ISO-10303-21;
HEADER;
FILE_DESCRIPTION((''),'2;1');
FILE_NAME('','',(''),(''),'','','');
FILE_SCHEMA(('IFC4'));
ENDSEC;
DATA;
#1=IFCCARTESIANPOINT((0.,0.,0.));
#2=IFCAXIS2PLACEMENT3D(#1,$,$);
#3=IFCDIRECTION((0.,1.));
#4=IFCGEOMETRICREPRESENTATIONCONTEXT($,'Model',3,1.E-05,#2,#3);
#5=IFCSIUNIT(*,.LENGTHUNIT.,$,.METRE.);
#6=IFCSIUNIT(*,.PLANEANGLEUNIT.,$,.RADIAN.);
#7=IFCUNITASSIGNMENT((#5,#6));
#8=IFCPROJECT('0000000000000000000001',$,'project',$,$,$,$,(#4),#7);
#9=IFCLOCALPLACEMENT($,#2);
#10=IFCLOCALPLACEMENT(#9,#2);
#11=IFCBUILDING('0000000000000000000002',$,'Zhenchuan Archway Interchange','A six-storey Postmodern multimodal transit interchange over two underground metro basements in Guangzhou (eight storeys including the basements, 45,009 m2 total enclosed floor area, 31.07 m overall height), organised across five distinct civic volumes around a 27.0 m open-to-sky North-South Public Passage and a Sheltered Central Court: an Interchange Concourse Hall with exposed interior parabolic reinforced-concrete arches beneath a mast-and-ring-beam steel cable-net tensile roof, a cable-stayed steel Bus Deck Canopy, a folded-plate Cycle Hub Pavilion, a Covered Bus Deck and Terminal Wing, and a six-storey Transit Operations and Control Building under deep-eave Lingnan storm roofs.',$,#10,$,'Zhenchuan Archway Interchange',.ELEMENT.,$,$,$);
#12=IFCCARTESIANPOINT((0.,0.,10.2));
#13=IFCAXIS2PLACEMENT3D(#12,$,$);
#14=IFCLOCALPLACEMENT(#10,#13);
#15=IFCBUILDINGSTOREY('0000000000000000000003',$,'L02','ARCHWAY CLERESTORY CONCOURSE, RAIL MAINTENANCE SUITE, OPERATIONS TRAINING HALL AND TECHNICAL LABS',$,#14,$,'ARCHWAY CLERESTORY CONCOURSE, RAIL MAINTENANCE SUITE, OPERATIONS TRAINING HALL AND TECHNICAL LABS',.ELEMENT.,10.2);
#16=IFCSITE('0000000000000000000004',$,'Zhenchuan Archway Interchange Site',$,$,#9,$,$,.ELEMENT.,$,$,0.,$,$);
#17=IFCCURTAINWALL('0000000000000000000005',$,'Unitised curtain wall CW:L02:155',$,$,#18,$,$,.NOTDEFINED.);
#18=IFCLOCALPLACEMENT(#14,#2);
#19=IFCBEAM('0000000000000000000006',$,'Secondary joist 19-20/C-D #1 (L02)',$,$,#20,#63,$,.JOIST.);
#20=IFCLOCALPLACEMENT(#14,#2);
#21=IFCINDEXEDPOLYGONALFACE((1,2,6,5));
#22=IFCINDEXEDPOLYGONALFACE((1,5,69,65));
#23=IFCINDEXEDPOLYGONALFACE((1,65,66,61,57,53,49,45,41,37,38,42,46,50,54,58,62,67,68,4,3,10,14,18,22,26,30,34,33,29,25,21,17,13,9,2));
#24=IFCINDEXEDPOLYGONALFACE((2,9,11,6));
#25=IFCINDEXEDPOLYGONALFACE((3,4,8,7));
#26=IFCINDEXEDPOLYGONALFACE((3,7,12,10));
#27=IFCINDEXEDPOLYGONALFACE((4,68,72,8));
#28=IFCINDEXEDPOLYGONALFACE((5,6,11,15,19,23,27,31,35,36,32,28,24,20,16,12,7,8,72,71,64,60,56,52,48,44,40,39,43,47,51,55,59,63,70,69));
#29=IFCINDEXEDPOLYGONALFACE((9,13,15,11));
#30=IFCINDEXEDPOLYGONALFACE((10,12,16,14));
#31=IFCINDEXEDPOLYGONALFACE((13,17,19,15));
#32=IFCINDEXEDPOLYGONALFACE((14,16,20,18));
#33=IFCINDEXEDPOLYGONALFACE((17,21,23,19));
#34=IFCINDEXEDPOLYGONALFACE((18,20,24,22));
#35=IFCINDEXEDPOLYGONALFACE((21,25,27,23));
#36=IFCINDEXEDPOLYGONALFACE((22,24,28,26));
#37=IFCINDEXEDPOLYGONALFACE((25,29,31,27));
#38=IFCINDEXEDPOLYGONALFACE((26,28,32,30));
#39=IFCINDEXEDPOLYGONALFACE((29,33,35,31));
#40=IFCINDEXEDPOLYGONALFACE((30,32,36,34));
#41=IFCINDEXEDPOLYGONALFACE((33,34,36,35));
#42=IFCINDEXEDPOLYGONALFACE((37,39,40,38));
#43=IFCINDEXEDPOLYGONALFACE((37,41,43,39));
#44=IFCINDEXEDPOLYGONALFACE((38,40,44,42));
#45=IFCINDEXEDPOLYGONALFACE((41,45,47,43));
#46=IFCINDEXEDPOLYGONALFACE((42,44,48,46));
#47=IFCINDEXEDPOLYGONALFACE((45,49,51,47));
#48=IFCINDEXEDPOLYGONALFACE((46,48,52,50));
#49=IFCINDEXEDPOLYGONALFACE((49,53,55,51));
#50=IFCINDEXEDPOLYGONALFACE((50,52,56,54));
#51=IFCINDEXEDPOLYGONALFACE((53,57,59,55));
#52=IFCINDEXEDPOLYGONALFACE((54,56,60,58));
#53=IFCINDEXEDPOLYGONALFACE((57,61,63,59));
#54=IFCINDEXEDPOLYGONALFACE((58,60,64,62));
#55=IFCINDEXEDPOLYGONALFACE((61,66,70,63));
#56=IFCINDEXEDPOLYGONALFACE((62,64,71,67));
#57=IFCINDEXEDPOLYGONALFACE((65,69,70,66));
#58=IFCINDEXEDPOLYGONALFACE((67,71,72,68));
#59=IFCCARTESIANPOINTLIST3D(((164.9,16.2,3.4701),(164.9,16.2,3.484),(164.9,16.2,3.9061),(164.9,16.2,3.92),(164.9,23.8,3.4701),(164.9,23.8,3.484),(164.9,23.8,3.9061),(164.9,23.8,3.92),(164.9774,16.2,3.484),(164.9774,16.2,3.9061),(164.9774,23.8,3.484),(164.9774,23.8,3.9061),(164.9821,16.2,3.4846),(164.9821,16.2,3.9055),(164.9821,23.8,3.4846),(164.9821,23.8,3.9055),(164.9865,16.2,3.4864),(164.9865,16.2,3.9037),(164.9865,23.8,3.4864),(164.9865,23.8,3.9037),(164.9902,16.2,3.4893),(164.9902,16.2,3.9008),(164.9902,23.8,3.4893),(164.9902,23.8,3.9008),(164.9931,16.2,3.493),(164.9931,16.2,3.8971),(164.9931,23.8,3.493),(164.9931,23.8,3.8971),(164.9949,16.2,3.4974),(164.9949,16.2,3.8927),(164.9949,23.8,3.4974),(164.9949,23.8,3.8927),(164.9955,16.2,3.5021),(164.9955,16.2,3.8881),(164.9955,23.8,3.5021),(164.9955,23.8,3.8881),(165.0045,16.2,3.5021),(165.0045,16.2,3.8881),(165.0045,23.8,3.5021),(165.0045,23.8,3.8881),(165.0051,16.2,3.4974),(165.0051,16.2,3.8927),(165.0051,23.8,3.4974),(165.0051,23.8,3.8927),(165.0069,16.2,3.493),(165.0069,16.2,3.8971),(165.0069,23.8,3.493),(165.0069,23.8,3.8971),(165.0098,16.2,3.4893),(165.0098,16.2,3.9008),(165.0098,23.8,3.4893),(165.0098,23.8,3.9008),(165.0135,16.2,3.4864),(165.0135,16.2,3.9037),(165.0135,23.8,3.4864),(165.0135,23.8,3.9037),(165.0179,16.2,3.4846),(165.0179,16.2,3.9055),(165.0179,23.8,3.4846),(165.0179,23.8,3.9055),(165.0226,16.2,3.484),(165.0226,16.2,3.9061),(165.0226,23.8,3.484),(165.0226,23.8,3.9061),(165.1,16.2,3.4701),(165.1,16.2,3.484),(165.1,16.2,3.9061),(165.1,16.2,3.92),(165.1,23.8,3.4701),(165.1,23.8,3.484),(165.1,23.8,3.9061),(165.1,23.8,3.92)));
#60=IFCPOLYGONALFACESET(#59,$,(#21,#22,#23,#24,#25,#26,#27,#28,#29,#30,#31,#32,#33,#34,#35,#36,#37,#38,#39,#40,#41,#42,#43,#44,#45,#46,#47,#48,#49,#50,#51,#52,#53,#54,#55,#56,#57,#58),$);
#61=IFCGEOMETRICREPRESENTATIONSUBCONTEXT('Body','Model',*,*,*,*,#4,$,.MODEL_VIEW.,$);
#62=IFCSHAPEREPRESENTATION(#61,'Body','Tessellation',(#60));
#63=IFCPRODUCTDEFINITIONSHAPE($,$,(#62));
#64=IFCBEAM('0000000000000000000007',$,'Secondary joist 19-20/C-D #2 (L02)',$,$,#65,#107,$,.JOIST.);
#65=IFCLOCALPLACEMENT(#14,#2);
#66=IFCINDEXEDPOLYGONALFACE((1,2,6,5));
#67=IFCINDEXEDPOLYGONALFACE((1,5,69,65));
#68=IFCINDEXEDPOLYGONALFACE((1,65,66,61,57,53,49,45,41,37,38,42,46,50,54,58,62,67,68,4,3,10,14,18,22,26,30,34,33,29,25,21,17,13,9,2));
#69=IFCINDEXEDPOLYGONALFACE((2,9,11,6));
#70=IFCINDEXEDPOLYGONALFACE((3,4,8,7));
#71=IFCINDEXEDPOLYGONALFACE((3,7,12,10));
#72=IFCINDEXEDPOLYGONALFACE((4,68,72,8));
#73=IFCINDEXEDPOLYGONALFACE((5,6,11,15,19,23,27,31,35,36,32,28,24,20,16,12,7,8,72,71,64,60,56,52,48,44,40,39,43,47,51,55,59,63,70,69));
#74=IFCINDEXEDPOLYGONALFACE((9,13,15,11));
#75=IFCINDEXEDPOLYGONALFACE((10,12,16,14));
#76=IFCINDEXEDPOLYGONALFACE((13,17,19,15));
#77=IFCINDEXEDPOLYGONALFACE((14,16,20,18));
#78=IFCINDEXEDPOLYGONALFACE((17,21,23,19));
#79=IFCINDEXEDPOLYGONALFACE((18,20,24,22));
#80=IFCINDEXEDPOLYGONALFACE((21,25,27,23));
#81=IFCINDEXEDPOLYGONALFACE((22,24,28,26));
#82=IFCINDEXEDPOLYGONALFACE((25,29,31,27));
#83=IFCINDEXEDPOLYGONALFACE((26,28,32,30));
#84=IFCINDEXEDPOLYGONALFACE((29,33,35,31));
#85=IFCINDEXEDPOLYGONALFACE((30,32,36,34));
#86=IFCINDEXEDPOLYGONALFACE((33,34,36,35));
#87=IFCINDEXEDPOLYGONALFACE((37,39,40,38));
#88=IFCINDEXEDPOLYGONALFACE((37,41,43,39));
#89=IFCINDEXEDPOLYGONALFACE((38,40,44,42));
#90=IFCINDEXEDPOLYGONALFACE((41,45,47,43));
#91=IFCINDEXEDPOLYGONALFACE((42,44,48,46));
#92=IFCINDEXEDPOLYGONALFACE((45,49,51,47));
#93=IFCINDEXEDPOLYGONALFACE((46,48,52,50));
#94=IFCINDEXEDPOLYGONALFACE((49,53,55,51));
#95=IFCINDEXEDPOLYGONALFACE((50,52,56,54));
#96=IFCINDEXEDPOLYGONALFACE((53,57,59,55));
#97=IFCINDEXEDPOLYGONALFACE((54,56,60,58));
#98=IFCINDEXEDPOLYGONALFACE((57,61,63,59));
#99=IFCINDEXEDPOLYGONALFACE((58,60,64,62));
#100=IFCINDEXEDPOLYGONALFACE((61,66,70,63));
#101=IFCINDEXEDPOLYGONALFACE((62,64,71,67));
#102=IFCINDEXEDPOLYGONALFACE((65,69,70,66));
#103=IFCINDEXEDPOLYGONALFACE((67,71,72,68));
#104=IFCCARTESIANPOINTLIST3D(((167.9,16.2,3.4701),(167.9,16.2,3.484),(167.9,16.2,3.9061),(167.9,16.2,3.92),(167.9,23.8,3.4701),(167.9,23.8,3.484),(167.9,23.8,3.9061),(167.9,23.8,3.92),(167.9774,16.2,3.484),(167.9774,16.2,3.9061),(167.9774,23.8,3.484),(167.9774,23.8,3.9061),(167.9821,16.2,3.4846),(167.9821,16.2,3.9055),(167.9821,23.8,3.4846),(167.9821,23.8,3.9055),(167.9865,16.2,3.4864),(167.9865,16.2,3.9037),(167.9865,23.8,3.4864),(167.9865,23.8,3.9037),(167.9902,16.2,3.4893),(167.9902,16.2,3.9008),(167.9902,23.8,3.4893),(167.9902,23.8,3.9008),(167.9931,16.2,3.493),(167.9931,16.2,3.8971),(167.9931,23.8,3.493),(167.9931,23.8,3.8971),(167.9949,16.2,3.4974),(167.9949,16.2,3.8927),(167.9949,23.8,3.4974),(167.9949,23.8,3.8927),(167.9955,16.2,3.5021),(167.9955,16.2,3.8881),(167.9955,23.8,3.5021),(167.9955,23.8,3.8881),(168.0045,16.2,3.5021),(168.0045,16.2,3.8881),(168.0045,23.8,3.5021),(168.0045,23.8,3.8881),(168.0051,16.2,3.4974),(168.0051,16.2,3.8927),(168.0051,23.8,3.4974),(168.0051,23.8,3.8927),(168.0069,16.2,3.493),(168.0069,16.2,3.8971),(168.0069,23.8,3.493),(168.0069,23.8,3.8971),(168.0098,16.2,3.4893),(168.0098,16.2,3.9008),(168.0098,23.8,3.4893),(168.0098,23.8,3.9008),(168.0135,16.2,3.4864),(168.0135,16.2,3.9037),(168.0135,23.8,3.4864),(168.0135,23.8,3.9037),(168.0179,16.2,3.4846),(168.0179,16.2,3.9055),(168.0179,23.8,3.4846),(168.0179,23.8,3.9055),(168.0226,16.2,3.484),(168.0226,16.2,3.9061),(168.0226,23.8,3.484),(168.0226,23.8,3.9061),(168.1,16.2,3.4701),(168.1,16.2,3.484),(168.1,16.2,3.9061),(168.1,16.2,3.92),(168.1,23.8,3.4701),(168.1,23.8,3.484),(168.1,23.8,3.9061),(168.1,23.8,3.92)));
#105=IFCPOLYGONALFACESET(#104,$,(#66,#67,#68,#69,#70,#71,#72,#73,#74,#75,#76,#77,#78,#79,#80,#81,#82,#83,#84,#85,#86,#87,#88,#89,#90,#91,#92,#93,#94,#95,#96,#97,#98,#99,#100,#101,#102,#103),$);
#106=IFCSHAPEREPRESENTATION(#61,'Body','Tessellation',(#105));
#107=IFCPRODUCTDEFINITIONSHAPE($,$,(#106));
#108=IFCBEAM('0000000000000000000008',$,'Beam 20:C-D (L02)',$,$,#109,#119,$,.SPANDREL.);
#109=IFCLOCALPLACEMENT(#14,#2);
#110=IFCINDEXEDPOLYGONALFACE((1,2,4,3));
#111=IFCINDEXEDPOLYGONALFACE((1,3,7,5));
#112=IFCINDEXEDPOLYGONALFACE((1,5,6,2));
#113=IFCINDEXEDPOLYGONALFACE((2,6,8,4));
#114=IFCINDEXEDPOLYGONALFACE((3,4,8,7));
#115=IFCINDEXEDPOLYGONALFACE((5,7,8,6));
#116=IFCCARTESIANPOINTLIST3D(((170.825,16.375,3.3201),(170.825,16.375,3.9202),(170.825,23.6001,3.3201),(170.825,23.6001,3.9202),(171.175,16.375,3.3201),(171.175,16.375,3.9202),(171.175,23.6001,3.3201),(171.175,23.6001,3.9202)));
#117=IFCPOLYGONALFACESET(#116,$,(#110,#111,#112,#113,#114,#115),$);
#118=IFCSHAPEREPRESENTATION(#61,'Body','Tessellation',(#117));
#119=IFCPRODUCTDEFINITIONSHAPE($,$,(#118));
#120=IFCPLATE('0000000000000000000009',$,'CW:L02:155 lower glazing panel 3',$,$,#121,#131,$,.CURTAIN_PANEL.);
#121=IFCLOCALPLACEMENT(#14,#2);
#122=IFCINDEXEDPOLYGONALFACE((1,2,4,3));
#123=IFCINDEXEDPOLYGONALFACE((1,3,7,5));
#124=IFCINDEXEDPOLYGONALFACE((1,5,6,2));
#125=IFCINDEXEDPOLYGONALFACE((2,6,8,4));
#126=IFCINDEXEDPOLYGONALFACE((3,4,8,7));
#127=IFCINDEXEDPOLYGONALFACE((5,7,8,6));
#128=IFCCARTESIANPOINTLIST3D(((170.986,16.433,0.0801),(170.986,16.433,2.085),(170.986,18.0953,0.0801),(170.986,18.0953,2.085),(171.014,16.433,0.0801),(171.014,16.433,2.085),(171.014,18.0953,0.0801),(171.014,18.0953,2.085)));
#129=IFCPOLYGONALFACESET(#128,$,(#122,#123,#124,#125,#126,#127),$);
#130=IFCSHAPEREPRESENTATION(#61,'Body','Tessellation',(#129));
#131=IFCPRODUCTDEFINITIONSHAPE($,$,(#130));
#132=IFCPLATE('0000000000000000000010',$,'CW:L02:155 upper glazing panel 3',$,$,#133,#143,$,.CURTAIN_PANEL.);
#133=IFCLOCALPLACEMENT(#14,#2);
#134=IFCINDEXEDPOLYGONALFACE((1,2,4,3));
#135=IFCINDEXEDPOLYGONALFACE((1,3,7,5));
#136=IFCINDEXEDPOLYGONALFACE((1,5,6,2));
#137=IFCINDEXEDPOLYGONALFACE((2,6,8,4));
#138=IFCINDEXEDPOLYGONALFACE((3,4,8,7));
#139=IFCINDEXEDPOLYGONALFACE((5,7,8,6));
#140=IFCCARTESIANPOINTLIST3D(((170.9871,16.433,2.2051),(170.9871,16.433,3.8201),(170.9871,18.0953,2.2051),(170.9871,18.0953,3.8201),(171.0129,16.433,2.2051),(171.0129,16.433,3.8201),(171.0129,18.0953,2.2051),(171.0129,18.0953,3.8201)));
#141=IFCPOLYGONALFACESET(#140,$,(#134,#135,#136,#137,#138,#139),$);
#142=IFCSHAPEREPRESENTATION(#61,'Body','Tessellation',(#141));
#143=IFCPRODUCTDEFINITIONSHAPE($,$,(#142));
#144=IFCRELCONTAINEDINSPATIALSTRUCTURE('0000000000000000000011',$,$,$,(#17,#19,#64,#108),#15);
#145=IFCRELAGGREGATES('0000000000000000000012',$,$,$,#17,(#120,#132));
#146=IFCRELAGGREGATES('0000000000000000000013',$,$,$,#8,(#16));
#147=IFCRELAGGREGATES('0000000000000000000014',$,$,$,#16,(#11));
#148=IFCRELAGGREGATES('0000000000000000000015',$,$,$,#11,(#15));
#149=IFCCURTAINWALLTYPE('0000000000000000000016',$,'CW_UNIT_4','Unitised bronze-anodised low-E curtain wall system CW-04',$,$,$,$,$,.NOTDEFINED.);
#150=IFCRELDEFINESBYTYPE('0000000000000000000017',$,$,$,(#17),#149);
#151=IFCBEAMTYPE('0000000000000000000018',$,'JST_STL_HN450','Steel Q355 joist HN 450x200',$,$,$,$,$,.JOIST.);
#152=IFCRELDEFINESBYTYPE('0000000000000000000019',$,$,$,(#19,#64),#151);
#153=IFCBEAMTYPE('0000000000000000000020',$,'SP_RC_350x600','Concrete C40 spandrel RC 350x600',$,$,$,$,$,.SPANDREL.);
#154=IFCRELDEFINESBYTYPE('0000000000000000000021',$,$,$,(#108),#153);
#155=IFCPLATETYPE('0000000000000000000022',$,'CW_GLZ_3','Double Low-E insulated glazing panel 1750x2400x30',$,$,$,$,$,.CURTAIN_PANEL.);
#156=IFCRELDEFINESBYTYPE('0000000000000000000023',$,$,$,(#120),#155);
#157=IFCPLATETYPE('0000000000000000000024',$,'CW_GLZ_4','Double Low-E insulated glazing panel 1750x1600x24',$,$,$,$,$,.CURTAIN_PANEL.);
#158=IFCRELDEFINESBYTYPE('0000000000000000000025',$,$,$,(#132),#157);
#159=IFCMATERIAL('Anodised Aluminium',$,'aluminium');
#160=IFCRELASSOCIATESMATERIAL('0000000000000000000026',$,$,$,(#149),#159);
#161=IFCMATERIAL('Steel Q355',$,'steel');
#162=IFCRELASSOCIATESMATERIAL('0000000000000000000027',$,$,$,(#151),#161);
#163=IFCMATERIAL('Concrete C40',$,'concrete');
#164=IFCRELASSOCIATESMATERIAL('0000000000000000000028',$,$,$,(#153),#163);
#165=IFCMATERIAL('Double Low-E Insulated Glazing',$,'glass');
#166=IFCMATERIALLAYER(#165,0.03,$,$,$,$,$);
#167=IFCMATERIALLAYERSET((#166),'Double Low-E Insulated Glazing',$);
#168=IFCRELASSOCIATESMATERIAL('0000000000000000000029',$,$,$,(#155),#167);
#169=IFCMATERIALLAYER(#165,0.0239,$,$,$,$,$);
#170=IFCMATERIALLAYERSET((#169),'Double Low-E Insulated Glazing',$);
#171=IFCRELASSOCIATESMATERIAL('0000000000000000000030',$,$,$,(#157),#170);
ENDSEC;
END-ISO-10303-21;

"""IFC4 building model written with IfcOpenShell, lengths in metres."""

from ifc_helpers import new_model, si_unit, direction, frame, origin, origin_2d, place, context, subcontext, project, spatial, rectangle, i_section, extrude, material, layer, layer_set, material_profile, profile_set, type_object, element, aggregate, save


model = new_model("IFC4")

# Units and contexts
model_context = context("Model", 3, precision=1e-05, world=origin(), true_north=direction((0.0, 1.0)))
body_context = subcontext(model_context, "Body", "Model", "MODEL_VIEW")
ifc_project = project(units=[si_unit("LENGTHUNIT", "METRE"), si_unit("PLANEANGLEUNIT", "RADIAN")], contexts=[model_context])

# Site, building, storey
site_placement = place(None, origin())
site = spatial("IfcSite", under=ifc_project, at=site_placement, Name="Zhenchuan Archway Interchange Site", CompositionType="ELEMENT", RefElevation=0.0)
building_placement = place(site_placement, origin())
building = spatial("IfcBuilding", under=site, at=building_placement, Name="Zhenchuan Archway Interchange", Description="A six-storey Postmodern multimodal transit interchange over two underground metro basements in Guangzhou (eight storeys including the basements, 45,009 m2 total enclosed floor area, 31.07 m overall height), organised across five distinct civic volumes around a 27.0 m open-to-sky North-South Public Passage and a Sheltered Central Court: an Interchange Concourse Hall with exposed interior parabolic reinforced-concrete arches beneath a mast-and-ring-beam steel cable-net tensile roof, a cable-stayed steel Bus Deck Canopy, a folded-plate Cycle Hub Pavilion, a Covered Bus Deck and Terminal Wing, and a six-storey Transit Operations and Control Building under deep-eave Lingnan storm roofs.", LongName="Zhenchuan Archway Interchange", CompositionType="ELEMENT")
storey_placement = place(building_placement, frame((0.0, 0.0, 10.2)))
storey = spatial("IfcBuildingStorey", under=building, at=storey_placement, Name="L02", Description="ARCHWAY CLERESTORY CONCOURSE, RAIL MAINTENANCE SUITE, OPERATIONS TRAINING HALL AND TECHNICAL LABS", LongName="ARCHWAY CLERESTORY CONCOURSE, RAIL MAINTENANCE SUITE, OPERATIONS TRAINING HALL AND TECHNICAL LABS", CompositionType="ELEMENT", Elevation=10.2)

# Shared definitions
ifc_material_1 = material(Name="Concrete C40", Category="concrete")

# Curtain wall
ifc_material_2 = material(Name="Anodised Aluminium", Category="aluminium")
curtain_wall_type = type_object("IfcCurtainWallType", Name="CW_UNIT_4", Description="Unitised bronze-anodised low-E curtain wall system CW-04", PredefinedType="NOTDEFINED", material=ifc_material_2)
curtain_wall_placement = place(storey_placement, origin())
curtain_wall = element("IfcCurtainWall", 1, at=curtain_wall_placement, inside=storey, type_object=curtain_wall_type, Name="Unitised curtain wall CW:L02:155", PredefinedType="NOTDEFINED")

# Beams
ifc_material_3 = material(Name="Steel Q355", Category="steel")
ifc_material_profile_1 = material_profile(ifc_material_3, i_section(OverallWidth=0.2, OverallDepth=0.45, WebThickness=0.009, FlangeThickness=0.0139, FilletRadius=0.0181, at=origin_2d()), Name="HN 450x200")
ifc_profile_set_1 = profile_set([ifc_material_profile_1], Name="Steel Q355")
beam_type_1 = type_object("IfcBeamType", Name="JST_STL_HN450", Description="Steel Q355 joist HN 450x200", PredefinedType="JOIST", material=ifc_profile_set_1)
for number, where, z_axis, x_axis, name in (
    (2, (165.0, 16.2, 3.6951), (0.0, 1.0, 0.0), (-1.0, 0.0, 0.0), "Secondary joist 19-20/C-D #1 (L02)"),
    (3, (168.0, 16.2, 3.6951), (0.0, 1.0, 0.0), (-1.0, 0.0, 0.0), "Secondary joist 19-20/C-D #2 (L02)"),
):
    element("IfcBeam", number, at=place(storey_placement, frame(where, z_axis=z_axis, x_axis=x_axis)), inside=storey, type_object=beam_type_1, Name=name, PredefinedType="JOIST", context=body_context, shape_type="SweptSolid", body=[
        extrude(i_section(OverallWidth=0.2, OverallDepth=0.45, WebThickness=0.009, FlangeThickness=0.0139, FilletRadius=0.0181, at=origin_2d()), origin(), (0.0, 0.0, 1.0), 7.6001),
    ])
ifc_material_profile_2 = material_profile(ifc_material_1, rectangle(XDim=0.3501, YDim=0.6001, at=origin_2d()), Name="RC 350x600")
ifc_profile_set_2 = profile_set([ifc_material_profile_2], Name="Concrete C40")
beam_type_2 = type_object("IfcBeamType", Name="SP_RC_350x600", Description="Concrete C40 spandrel RC 350x600", PredefinedType="SPANDREL", material=ifc_profile_set_2)
beam_1_placement = place(storey_placement, frame((171.0, 16.375, 3.6201), z_axis=(0.0, 1.0, 0.0), x_axis=(-1.0, 0.0, 0.0)))
element("IfcBeam", 4, at=beam_1_placement, inside=storey, type_object=beam_type_2, Name="Beam 20:C-D (L02)", PredefinedType="SPANDREL", context=body_context, shape_type="SweptSolid", body=[
    extrude(rectangle(XDim=0.3501, YDim=0.6001, at=origin_2d()), origin(), (0.0, 0.0, 1.0), 7.2251),
])

# Plates
ifc_material_4 = material(Name="Double Low-E Insulated Glazing", Category="glass")
ifc_layer_1 = layer(ifc_material_4, 0.03)
ifc_layer_set_1 = layer_set([ifc_layer_1], Name="Double Low-E Insulated Glazing")
plate_type_1 = type_object("IfcPlateType", Name="CW_GLZ_3", Description="Double Low-E insulated glazing panel 1750x2400x30", PredefinedType="CURTAIN_PANEL", material=ifc_layer_set_1)
plate_1_placement = place(storey_placement, frame((171.0, 17.2642, 0.0801), z_axis=(0.0, 0.0, 1.0), x_axis=(0.0, -1.0, 0.0)))
plate_1 = element("IfcPlate", 5, at=plate_1_placement, type_object=plate_type_1, Name="CW:L02:155 lower glazing panel 3", PredefinedType="CURTAIN_PANEL", context=body_context, shape_type="SweptSolid", body=[
    extrude(rectangle(XDim=1.6624, YDim=0.0281, at=origin_2d()), origin(), (0.0, 0.0, 1.0), 2.0049),
])
ifc_layer_2 = layer(ifc_material_4, 0.0239)
ifc_layer_set_2 = layer_set([ifc_layer_2], Name="Double Low-E Insulated Glazing")
plate_type_2 = type_object("IfcPlateType", Name="CW_GLZ_4", Description="Double Low-E insulated glazing panel 1750x1600x24", PredefinedType="CURTAIN_PANEL", material=ifc_layer_set_2)
plate_2_placement = place(storey_placement, frame((171.0, 17.2642, 2.2051), z_axis=(0.0, 0.0, 1.0), x_axis=(0.0, -1.0, 0.0)))
plate_2 = element("IfcPlate", 6, at=plate_2_placement, type_object=plate_type_2, Name="CW:L02:155 upper glazing panel 3", PredefinedType="CURTAIN_PANEL", context=body_context, shape_type="SweptSolid", body=[
    extrude(rectangle(XDim=1.6624, YDim=0.0259, at=origin_2d()), origin(), (0.0, 0.0, 1.0), 1.615),
])
aggregate(curtain_wall, [plate_1, plate_2])

save(model, "model.ifc")
